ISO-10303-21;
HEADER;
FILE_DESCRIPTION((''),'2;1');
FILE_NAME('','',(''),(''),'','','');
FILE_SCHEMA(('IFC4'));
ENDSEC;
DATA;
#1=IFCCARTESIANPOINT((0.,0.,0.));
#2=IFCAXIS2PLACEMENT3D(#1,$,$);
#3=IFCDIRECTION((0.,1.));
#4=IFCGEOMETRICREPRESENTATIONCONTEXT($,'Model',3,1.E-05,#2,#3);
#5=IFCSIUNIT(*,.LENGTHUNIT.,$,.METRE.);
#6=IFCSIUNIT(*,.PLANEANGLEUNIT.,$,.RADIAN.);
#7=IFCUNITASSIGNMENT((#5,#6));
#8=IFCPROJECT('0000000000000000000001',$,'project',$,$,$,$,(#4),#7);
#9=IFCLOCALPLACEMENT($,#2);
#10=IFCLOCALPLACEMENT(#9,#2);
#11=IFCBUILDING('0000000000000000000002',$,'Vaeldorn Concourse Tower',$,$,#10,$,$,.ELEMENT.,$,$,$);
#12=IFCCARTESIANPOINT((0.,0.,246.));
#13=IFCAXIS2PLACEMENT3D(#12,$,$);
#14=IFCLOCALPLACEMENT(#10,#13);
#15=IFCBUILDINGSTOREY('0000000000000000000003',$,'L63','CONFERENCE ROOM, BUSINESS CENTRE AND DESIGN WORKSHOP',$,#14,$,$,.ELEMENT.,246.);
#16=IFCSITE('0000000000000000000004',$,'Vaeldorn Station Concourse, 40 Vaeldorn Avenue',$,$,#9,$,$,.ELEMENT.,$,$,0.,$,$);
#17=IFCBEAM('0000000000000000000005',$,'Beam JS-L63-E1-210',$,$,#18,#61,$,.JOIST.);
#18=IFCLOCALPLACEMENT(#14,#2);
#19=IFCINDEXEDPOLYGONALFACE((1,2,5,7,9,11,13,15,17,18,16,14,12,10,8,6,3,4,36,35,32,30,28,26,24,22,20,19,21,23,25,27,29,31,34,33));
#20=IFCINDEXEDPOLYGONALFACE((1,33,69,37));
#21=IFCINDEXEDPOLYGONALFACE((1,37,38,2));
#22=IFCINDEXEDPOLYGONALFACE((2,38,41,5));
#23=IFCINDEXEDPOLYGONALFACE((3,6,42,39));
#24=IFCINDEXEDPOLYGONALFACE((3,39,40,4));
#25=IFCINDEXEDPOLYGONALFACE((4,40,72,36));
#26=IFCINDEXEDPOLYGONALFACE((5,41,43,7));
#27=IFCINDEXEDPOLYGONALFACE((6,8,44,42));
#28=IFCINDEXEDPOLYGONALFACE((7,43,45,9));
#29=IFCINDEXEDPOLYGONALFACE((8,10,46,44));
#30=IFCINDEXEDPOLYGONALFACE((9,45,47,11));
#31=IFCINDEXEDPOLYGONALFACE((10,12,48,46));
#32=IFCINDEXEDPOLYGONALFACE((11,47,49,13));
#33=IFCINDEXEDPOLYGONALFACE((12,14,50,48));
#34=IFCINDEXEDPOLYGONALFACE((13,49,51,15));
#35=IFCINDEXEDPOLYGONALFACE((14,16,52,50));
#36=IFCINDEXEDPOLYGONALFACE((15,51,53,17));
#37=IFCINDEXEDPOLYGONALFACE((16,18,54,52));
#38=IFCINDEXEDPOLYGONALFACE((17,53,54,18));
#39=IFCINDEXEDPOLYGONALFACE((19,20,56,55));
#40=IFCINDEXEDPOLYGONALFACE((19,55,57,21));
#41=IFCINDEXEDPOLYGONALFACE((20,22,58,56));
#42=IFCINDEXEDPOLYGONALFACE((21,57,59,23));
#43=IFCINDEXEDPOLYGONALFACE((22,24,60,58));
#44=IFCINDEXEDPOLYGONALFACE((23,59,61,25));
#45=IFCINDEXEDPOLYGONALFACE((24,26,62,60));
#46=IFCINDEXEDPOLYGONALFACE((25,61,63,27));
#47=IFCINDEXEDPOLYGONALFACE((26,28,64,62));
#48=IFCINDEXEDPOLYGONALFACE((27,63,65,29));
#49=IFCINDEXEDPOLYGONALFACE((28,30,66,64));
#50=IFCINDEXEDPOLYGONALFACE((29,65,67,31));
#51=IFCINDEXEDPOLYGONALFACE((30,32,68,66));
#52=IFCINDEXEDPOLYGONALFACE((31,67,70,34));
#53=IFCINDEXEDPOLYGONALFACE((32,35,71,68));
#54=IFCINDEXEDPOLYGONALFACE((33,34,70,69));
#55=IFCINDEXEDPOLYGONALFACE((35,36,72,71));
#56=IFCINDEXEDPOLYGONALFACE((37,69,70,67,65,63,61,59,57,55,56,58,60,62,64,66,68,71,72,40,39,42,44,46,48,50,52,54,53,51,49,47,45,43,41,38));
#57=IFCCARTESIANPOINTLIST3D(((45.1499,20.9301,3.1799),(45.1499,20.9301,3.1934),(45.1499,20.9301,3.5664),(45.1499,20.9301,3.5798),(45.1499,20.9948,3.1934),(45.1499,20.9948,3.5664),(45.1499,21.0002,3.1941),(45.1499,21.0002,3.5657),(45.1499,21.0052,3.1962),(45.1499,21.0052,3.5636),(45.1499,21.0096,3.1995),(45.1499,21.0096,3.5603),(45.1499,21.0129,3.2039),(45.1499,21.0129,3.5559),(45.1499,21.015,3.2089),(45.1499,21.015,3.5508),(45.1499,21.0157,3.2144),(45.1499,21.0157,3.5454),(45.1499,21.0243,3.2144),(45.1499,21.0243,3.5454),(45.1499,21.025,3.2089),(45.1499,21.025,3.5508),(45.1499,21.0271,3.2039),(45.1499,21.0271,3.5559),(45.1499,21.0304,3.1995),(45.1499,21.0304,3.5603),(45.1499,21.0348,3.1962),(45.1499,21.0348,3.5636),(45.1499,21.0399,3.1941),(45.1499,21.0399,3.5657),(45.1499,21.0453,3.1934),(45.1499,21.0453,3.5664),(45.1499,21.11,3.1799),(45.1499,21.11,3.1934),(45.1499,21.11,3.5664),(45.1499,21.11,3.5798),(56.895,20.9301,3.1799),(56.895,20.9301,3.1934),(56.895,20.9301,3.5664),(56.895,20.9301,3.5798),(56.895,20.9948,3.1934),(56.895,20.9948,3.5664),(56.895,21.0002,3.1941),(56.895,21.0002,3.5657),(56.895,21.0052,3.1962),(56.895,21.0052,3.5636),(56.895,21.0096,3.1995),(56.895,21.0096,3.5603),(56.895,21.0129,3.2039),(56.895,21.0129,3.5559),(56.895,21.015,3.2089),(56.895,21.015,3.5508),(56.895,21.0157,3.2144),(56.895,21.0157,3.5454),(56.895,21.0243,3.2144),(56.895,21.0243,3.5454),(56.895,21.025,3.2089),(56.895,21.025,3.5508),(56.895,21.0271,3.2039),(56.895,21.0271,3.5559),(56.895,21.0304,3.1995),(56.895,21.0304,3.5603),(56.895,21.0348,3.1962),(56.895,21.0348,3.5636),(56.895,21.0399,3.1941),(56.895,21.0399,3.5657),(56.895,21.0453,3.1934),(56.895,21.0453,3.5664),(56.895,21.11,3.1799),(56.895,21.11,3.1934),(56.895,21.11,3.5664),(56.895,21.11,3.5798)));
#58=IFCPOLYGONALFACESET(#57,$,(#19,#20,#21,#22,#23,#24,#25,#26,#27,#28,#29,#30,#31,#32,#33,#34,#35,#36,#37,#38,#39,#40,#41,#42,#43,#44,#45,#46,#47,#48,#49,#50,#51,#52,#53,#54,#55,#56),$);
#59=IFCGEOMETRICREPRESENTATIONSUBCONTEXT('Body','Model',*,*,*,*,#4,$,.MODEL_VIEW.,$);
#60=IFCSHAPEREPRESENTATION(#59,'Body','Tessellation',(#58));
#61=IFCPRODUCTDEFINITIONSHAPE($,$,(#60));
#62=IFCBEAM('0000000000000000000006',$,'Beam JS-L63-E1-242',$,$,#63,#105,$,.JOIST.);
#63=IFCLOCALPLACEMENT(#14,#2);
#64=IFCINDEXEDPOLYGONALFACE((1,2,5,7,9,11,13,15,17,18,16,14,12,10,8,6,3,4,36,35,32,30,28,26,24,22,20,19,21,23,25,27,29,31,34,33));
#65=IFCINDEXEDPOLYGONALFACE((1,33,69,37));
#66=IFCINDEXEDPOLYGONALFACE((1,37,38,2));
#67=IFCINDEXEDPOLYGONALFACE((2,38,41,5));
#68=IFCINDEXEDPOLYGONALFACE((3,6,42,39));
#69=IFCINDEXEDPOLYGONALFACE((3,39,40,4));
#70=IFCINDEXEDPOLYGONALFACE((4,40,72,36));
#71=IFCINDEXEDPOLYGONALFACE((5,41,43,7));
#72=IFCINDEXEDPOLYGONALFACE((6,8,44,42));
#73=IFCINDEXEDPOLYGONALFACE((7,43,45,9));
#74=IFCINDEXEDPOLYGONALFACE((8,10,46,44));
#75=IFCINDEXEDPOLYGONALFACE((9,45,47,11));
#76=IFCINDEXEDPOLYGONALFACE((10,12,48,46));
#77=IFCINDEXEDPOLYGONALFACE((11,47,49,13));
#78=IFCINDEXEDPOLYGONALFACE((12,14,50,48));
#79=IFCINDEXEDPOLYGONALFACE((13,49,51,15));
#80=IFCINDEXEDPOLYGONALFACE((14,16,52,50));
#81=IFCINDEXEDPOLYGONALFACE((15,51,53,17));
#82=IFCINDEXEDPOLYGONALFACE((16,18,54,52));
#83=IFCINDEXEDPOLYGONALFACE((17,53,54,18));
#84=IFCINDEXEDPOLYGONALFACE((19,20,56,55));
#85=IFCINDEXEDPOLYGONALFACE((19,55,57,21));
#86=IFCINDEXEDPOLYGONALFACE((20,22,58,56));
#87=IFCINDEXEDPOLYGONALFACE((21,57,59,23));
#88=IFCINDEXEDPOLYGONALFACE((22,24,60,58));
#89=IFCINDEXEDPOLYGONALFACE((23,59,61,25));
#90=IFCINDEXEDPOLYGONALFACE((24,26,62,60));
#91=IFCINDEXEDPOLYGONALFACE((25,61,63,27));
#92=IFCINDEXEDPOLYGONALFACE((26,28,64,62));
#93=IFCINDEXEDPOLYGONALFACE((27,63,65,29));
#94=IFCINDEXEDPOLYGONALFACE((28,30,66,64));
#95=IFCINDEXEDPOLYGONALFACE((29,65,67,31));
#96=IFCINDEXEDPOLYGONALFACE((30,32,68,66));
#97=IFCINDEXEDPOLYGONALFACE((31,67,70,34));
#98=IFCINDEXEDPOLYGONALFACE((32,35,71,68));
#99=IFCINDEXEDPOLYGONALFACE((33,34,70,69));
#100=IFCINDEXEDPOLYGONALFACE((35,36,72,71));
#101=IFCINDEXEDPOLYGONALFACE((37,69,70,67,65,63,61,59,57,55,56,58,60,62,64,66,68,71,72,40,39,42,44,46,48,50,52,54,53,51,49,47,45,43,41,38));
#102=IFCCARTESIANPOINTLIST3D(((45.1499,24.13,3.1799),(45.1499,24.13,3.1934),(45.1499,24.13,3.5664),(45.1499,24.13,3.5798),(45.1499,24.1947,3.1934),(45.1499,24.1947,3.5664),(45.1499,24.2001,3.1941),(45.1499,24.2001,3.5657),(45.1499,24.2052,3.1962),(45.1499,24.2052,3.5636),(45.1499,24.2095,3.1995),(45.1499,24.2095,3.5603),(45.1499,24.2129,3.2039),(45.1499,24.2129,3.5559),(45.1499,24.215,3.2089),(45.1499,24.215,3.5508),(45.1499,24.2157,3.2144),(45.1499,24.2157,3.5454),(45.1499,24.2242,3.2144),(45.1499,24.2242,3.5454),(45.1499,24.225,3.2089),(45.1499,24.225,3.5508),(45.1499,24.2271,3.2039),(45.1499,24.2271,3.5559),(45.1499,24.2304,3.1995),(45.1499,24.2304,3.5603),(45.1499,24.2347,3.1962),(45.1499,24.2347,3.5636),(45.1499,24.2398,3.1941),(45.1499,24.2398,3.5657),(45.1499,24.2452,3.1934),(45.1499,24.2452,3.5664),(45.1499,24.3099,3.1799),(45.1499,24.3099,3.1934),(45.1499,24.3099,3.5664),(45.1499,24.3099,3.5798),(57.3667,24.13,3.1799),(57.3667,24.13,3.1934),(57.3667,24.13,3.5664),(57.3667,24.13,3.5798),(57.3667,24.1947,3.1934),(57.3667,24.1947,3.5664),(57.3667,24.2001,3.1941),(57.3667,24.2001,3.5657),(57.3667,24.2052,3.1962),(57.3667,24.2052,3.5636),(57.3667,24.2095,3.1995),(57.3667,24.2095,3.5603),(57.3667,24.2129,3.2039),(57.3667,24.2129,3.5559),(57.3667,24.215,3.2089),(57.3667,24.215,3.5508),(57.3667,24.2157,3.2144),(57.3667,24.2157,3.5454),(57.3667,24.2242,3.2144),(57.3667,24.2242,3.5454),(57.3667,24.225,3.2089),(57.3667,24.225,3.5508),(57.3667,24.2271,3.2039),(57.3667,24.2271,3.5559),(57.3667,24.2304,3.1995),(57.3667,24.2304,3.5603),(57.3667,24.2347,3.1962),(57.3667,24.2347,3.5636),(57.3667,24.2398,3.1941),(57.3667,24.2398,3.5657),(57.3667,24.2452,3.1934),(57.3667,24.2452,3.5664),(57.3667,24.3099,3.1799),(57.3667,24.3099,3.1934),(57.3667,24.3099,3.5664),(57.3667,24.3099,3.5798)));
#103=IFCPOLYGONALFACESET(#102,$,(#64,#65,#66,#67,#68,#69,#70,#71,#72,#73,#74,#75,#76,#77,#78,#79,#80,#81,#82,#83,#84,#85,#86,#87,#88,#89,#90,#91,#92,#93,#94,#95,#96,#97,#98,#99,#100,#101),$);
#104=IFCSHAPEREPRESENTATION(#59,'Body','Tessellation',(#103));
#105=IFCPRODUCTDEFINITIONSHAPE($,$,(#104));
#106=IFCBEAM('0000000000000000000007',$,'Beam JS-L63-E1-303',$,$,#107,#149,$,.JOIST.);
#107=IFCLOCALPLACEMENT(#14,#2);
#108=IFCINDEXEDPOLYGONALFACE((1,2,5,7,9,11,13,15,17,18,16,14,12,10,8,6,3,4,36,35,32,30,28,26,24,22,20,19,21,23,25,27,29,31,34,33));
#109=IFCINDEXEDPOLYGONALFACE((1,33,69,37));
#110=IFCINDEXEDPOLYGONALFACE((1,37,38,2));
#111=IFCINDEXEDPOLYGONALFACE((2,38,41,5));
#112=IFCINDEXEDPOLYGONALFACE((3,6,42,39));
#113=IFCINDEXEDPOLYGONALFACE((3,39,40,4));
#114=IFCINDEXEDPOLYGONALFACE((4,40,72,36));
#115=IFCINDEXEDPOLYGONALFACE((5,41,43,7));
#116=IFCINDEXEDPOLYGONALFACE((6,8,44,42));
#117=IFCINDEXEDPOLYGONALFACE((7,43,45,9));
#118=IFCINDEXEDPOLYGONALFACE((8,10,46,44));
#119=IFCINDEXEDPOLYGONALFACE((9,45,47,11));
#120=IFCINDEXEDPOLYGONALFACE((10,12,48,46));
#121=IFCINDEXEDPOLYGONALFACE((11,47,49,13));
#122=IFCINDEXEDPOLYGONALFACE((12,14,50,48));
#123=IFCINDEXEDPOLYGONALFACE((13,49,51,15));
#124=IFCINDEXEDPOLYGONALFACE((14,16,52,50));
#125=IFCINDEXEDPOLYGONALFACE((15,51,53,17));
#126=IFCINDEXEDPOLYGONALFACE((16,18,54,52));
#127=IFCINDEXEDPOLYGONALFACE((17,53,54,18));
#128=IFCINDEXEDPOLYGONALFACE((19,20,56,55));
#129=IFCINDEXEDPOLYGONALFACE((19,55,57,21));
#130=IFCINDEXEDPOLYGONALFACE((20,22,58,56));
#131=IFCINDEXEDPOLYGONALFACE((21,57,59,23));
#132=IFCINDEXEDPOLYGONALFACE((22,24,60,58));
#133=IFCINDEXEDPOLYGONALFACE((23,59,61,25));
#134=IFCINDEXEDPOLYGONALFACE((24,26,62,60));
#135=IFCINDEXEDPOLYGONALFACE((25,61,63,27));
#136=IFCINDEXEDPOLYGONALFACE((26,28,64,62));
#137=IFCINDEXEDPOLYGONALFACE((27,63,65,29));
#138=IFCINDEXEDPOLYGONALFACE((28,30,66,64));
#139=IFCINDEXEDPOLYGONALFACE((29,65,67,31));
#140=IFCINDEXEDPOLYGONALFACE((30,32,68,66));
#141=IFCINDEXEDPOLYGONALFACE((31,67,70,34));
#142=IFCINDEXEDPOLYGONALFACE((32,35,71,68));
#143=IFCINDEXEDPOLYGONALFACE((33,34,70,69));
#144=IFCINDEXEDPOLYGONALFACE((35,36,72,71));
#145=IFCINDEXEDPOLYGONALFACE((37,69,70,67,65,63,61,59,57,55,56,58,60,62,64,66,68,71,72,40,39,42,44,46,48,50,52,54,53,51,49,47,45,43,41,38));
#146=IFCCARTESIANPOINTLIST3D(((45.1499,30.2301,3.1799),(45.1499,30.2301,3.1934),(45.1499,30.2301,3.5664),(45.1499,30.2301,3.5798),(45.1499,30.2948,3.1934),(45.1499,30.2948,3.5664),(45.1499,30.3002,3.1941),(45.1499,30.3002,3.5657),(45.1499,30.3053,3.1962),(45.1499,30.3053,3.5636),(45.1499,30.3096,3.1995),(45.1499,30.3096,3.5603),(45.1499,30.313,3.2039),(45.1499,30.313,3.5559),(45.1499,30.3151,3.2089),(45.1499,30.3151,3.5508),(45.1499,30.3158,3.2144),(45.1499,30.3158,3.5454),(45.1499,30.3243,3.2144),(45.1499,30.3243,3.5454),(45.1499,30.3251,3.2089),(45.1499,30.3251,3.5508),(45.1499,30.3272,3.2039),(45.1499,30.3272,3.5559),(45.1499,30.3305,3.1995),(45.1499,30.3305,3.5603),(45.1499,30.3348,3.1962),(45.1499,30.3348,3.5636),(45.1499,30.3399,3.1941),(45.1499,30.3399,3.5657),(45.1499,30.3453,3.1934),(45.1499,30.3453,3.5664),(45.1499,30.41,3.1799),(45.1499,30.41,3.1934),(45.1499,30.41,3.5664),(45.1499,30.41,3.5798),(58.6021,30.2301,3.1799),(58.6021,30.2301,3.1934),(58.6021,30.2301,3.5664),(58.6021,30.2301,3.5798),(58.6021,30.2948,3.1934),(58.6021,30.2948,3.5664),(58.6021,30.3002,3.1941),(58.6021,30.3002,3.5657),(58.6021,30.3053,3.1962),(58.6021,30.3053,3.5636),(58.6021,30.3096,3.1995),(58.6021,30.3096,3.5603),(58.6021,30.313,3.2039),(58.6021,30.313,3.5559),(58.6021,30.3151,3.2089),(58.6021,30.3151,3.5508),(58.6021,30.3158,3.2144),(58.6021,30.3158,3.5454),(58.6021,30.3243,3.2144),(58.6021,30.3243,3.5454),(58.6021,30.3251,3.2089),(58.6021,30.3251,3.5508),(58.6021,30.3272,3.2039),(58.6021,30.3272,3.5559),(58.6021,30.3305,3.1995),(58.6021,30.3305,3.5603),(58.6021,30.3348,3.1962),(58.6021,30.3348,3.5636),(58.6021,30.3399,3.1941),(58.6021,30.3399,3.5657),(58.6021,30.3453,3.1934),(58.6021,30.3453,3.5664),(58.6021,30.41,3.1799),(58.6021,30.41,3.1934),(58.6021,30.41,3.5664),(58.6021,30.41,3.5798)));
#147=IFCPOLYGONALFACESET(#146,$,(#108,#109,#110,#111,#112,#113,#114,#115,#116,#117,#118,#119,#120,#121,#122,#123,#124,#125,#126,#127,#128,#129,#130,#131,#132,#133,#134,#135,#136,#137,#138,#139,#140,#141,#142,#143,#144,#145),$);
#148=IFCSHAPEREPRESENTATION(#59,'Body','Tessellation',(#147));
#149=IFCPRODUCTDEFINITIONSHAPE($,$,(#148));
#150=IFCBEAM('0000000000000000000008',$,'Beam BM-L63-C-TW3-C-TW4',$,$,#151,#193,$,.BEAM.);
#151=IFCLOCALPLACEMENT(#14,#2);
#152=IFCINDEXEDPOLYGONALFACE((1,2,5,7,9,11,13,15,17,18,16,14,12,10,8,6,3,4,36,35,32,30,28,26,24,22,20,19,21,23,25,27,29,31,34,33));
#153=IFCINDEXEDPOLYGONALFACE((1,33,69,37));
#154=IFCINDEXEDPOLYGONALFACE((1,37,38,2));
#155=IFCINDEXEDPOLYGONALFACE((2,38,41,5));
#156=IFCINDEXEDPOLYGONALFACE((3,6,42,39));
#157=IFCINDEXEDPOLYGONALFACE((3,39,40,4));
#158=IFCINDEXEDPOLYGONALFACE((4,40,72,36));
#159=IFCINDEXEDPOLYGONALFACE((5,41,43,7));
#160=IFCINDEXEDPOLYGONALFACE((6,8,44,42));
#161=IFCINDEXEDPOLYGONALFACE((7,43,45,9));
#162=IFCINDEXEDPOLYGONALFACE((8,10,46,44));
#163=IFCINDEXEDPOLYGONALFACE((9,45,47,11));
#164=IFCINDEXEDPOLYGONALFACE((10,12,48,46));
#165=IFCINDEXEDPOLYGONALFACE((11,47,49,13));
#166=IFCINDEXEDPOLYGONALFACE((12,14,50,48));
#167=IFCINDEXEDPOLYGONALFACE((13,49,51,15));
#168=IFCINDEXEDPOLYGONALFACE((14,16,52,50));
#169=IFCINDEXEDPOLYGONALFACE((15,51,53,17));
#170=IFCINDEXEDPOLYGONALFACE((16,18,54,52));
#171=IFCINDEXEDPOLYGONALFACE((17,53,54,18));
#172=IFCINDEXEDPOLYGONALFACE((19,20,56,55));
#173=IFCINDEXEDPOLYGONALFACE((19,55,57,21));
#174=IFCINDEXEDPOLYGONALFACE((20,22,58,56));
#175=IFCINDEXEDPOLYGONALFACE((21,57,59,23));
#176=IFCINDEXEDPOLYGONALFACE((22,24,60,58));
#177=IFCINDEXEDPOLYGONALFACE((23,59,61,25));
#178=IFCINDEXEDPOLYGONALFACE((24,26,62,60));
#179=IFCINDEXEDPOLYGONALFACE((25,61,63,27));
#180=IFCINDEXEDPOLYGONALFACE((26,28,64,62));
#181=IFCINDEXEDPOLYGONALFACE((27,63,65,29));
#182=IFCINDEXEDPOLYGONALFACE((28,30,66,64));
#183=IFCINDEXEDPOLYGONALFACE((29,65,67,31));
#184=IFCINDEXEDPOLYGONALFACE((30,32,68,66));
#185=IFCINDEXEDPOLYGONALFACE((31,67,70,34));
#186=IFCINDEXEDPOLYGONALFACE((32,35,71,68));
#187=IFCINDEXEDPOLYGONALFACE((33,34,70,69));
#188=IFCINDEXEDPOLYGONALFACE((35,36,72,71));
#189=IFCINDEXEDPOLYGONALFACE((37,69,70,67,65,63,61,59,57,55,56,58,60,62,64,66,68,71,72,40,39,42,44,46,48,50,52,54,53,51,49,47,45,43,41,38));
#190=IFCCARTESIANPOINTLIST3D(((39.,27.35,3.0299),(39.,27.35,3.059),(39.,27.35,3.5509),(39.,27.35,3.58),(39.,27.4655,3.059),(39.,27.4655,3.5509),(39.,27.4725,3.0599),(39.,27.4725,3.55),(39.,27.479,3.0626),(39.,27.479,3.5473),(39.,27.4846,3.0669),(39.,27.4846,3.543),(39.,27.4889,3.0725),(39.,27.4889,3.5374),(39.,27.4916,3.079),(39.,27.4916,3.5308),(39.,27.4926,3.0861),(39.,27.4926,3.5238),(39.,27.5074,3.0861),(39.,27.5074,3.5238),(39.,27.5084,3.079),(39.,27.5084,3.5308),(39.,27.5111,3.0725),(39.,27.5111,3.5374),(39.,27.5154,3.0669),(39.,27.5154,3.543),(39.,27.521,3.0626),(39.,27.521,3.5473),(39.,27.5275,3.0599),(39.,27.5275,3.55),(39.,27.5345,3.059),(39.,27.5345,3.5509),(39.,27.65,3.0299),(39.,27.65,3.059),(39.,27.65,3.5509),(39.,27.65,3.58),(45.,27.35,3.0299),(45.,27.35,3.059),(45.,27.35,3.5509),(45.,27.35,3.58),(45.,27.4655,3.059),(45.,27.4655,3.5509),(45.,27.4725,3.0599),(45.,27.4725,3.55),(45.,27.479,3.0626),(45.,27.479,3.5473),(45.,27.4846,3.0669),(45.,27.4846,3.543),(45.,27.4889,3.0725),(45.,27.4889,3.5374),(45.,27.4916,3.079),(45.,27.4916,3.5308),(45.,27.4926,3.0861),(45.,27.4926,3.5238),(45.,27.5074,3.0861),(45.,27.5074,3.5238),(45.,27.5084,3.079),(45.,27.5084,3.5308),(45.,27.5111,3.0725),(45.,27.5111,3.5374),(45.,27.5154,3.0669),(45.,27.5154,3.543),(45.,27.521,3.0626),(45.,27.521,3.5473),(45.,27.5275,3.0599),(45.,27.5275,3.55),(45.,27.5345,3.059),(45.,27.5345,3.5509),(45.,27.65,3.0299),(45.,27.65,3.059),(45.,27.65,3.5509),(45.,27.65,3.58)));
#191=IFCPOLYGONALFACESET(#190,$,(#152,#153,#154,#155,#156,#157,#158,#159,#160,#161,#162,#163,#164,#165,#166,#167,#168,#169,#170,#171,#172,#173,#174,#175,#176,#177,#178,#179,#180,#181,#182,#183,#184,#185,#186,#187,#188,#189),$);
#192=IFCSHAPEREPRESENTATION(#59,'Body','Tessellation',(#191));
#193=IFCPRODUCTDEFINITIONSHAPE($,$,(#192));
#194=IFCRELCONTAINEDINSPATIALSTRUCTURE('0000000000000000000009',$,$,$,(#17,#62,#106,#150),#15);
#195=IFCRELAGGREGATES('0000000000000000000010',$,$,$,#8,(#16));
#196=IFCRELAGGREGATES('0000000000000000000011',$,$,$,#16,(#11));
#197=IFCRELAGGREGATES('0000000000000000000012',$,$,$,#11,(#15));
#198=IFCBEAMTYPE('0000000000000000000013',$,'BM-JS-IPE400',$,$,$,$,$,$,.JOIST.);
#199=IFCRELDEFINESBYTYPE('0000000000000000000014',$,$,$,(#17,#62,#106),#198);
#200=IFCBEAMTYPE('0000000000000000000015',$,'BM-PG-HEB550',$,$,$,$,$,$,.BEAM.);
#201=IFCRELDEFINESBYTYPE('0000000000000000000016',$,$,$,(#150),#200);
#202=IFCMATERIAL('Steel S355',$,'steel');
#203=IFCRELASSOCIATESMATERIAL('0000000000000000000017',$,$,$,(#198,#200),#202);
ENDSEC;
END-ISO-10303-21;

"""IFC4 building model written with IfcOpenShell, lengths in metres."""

from ifc_helpers import new_model, si_unit, direction, frame, origin, origin_2d, place, context, subcontext, project, spatial, i_section, extrude, source, transform, mapped, material, material_profile, profile_set, type_object, element, save


model = new_model("IFC4")

# Units and contexts
model_context = context("Model", 3, precision=1e-05, world=origin(), true_north=direction((0.0, 1.0)))
body_context = subcontext(model_context, "Body", "Model", "MODEL_VIEW")
ifc_project = project(units=[si_unit("LENGTHUNIT", "METRE"), si_unit("PLANEANGLEUNIT", "RADIAN")], contexts=[model_context])

# Site, building, storey
site_placement = place(None, origin())
site = spatial("IfcSite", under=ifc_project, at=site_placement, Name="Vaeldorn Station Concourse, 40 Vaeldorn Avenue", CompositionType="ELEMENT", RefElevation=0.0)
building_placement = place(site_placement, origin())
building = spatial("IfcBuilding", under=site, at=building_placement, Name="Vaeldorn Concourse Tower", CompositionType="ELEMENT")
storey_placement = place(building_placement, frame((0.0, 0.0, 246.0)))
storey = spatial("IfcBuildingStorey", under=building, at=storey_placement, Name="L63", Description="CONFERENCE ROOM, BUSINESS CENTRE AND DESIGN WORKSHOP", CompositionType="ELEMENT", Elevation=246.0)

# Shared definitions
ifc_material_1 = material(Name="Steel S355", Category="steel")

# Beams
ifc_material_profile_1 = material_profile(ifc_material_1, i_section(OverallWidth=0.1799, OverallDepth=0.3999, WebThickness=0.0085, FlangeThickness=0.0134, FilletRadius=0.021, at=origin_2d()), Name="IPE 400")
ifc_profile_set_1 = profile_set([ifc_material_profile_1], Name="Steel S355")
beam_type_1 = type_object("IfcBeamType", Name="BM-JS-IPE400", PredefinedType="JOIST", material=ifc_profile_set_1)
shared_shape_1 = source(origin(), body_context, "Body", "SweptSolid", [
    extrude(i_section(OverallWidth=0.1799, OverallDepth=0.3999, WebThickness=0.0085, FlangeThickness=0.0134, FilletRadius=0.021, at=origin_2d()), origin(), (0.0, 0.0, 1.0), 11.7451),
])
beam_1_placement = place(storey_placement, frame((45.1499, 21.02, 3.3799), z_axis=(1.0, 0.0, 0.0), x_axis=(0.0, 1.0, 0.0)))
element("IfcBeam", 1, at=beam_1_placement, inside=storey, type_object=beam_type_1, Name="Beam JS-L63-E1-210", PredefinedType="JOIST", context=body_context, shape_type="MappedRepresentation", body=[
    mapped(shared_shape_1, transform((0.0, 0.0, 0.0), scale=1.0)),
])
shared_shape_2 = source(origin(), body_context, "Body", "SweptSolid", [
    extrude(i_section(OverallWidth=0.1799, OverallDepth=0.3999, WebThickness=0.0085, FlangeThickness=0.0134, FilletRadius=0.021, at=origin_2d()), origin(), (0.0, 0.0, 1.0), 12.2168),
])
beam_2_placement = place(storey_placement, frame((45.1499, 24.22, 3.3799), z_axis=(1.0, 0.0, 0.0), x_axis=(0.0, 1.0, 0.0)))
element("IfcBeam", 2, at=beam_2_placement, inside=storey, type_object=beam_type_1, Name="Beam JS-L63-E1-242", PredefinedType="JOIST", context=body_context, shape_type="MappedRepresentation", body=[
    mapped(shared_shape_2, transform((0.0, 0.0, 0.0), scale=1.0)),
])
shared_shape_3 = source(origin(), body_context, "Body", "SweptSolid", [
    extrude(i_section(OverallWidth=0.1799, OverallDepth=0.3999, WebThickness=0.0085, FlangeThickness=0.0134, FilletRadius=0.021, at=origin_2d()), origin(), (0.0, 0.0, 1.0), 13.4521),
])
beam_3_placement = place(storey_placement, frame((45.1499, 30.3201, 3.3799), z_axis=(1.0, 0.0, 0.0), x_axis=(0.0, 1.0, 0.0)))
element("IfcBeam", 3, at=beam_3_placement, inside=storey, type_object=beam_type_1, Name="Beam JS-L63-E1-303", PredefinedType="JOIST", context=body_context, shape_type="MappedRepresentation", body=[
    mapped(shared_shape_3, transform((0.0, 0.0, 0.0), scale=1.0)),
])
ifc_material_profile_2 = material_profile(ifc_material_1, i_section(OverallWidth=0.3, OverallDepth=0.55, WebThickness=0.0149, FlangeThickness=0.0291, FilletRadius=0.0271, at=origin_2d()), Name="HEB 550")
ifc_profile_set_2 = profile_set([ifc_material_profile_2], Name="Steel S355")
beam_type_2 = type_object("IfcBeamType", Name="BM-PG-HEB550", PredefinedType="BEAM", material=ifc_profile_set_2)
shared_shape_4 = source(origin(), body_context, "Body", "SweptSolid", [
    extrude(i_section(OverallWidth=0.3, OverallDepth=0.55, WebThickness=0.0149, FlangeThickness=0.0291, FilletRadius=0.0271, at=origin_2d()), origin(), (0.0, 0.0, 1.0), 6.0),
])
beam_4_placement = place(storey_placement, frame((39.0, 27.5, 3.3049), z_axis=(1.0, 0.0, 0.0), x_axis=(0.0, 1.0, 0.0)))
element("IfcBeam", 4, at=beam_4_placement, inside=storey, type_object=beam_type_2, Name="Beam BM-L63-C-TW3-C-TW4", PredefinedType="BEAM", context=body_context, shape_type="MappedRepresentation", body=[
    mapped(shared_shape_4, transform((0.0, 0.0, 0.0), scale=1.0)),
])

save(model, "model.ifc")
